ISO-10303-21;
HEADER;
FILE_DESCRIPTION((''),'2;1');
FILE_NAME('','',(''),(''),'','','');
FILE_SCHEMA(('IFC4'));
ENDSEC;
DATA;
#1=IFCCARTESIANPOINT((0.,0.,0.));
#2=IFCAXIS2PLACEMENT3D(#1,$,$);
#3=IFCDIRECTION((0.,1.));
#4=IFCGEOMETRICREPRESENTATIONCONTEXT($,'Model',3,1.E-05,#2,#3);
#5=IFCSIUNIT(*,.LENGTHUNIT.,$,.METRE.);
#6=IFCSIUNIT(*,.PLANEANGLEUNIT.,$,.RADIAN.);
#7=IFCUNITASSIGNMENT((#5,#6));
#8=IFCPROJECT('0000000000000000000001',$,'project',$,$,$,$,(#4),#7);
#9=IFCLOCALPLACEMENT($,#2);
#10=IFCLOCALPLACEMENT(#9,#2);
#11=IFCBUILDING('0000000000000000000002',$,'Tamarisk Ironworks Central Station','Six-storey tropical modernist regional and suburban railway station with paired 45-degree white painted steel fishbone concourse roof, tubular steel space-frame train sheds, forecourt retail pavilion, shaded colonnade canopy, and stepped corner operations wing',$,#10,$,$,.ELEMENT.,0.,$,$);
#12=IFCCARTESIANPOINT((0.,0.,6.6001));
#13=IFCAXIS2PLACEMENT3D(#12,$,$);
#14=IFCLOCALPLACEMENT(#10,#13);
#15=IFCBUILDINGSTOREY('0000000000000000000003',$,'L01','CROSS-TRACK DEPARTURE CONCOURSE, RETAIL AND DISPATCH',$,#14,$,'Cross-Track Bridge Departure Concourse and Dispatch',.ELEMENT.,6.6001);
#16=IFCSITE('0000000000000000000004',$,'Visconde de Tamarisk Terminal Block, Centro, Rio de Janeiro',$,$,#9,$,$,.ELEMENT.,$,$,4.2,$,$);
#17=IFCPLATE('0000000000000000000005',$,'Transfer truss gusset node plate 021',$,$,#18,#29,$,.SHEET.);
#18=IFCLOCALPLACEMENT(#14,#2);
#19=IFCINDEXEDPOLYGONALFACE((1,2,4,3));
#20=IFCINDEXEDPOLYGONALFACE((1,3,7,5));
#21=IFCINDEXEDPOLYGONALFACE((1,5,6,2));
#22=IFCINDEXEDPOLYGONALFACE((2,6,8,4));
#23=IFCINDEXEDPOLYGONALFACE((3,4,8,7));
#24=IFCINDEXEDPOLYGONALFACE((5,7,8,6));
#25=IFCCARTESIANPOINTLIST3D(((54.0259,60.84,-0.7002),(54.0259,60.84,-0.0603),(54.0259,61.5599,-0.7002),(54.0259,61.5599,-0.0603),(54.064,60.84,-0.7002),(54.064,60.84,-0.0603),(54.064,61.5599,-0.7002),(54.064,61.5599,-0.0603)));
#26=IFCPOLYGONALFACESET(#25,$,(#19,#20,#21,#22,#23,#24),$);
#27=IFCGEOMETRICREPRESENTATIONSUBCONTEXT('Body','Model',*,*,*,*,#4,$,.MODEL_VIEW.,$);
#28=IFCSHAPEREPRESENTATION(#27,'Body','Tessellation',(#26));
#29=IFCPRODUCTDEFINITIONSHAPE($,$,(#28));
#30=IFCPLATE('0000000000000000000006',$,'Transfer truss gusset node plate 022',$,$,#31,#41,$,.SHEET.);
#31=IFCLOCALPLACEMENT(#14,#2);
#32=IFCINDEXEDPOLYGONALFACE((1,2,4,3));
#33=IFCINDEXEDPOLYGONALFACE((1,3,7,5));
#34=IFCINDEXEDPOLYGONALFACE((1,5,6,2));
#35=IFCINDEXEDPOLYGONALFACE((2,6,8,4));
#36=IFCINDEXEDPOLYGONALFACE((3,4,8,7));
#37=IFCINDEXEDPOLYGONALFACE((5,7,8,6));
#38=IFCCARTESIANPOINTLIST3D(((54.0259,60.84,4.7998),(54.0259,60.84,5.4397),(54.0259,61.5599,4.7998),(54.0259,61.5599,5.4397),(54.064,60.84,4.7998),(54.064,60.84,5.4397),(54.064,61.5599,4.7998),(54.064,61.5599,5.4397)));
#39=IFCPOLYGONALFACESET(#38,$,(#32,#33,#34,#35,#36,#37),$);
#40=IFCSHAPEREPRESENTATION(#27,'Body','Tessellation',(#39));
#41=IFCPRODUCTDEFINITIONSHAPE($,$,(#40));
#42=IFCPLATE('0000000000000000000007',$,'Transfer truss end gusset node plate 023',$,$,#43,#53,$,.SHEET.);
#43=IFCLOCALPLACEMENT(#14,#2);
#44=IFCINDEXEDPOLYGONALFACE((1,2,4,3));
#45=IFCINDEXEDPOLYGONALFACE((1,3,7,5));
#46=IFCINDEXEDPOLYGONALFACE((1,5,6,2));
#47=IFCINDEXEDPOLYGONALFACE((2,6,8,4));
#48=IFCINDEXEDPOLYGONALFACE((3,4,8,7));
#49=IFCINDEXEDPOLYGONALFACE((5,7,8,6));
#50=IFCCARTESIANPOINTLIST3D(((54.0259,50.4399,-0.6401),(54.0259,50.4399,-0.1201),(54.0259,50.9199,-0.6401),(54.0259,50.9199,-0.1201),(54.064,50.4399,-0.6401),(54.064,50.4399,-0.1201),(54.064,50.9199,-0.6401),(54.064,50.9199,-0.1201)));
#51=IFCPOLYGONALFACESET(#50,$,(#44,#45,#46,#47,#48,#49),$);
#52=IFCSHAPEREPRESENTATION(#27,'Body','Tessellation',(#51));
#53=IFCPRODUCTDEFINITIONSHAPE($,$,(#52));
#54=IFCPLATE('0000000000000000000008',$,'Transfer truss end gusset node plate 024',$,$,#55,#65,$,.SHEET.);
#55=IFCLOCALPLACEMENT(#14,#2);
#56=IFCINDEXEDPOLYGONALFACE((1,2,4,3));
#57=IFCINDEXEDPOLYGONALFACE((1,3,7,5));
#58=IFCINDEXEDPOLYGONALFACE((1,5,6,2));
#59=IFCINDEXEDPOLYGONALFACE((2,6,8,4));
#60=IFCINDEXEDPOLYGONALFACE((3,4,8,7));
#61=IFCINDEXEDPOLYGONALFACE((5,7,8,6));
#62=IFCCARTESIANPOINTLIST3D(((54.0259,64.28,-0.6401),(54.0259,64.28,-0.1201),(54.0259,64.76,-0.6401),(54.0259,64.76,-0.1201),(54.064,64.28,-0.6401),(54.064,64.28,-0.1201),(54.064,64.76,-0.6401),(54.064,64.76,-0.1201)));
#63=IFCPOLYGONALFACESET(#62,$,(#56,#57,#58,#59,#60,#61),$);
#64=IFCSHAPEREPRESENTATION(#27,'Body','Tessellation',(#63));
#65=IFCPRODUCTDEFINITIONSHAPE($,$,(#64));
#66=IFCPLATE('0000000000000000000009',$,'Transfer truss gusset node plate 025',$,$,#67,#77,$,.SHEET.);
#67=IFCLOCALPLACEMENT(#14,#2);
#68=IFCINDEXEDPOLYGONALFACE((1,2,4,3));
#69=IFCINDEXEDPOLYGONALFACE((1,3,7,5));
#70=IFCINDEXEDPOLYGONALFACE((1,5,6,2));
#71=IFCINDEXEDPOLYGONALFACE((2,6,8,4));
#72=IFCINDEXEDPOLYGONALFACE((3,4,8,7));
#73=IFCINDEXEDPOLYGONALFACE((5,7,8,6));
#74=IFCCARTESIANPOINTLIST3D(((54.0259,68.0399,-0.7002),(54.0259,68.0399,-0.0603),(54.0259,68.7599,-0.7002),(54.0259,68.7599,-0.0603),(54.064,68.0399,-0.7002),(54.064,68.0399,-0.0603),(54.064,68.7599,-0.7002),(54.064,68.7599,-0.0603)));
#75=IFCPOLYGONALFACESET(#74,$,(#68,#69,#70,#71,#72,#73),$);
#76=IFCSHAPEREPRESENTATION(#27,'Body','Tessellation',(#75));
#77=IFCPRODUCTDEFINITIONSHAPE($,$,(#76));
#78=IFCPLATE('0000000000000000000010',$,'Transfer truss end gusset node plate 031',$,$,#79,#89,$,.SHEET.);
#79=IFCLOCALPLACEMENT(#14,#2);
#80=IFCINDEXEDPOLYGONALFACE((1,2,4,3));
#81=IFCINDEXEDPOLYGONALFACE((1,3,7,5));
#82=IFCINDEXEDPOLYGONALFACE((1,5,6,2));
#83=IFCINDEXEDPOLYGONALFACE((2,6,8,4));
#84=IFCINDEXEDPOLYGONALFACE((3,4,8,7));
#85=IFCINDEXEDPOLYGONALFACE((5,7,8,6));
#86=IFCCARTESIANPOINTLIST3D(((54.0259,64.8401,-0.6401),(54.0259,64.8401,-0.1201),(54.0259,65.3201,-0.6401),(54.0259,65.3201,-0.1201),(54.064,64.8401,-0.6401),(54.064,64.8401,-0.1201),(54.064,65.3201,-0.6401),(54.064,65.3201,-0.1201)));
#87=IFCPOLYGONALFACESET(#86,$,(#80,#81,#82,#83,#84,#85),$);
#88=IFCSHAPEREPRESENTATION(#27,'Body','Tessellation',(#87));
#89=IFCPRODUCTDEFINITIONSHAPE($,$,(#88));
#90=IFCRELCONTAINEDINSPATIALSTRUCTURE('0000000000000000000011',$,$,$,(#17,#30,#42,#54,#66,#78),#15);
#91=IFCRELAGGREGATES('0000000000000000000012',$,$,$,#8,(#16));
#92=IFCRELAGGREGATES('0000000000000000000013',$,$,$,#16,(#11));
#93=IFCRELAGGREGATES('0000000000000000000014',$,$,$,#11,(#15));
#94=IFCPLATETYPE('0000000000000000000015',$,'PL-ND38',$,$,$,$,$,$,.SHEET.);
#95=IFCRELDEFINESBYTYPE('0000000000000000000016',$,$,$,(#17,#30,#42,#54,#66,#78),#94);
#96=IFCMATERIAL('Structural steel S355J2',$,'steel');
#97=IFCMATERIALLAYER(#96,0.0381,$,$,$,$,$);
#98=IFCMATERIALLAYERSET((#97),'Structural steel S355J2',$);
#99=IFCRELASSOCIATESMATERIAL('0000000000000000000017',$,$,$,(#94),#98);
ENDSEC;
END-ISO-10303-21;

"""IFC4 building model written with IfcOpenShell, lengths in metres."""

from ifc_helpers import new_model, si_unit, direction, frame, origin, origin_2d, place, context, subcontext, project, spatial, rectangle, extrude, material, layer, layer_set, type_object, element, save


model = new_model("IFC4")

# Units and contexts
model_context = context("Model", 3, precision=1e-05, world=origin(), true_north=direction((0.0, 1.0)))
body_context = subcontext(model_context, "Body", "Model", "MODEL_VIEW")
ifc_project = project(units=[si_unit("LENGTHUNIT", "METRE"), si_unit("PLANEANGLEUNIT", "RADIAN")], contexts=[model_context])

# Site, building, storey
site_placement = place(None, origin())
site = spatial("IfcSite", under=ifc_project, at=site_placement, Name="Visconde de Tamarisk Terminal Block, Centro, Rio de Janeiro", CompositionType="ELEMENT", RefElevation=4.2)
building_placement = place(site_placement, origin())
building = spatial("IfcBuilding", under=site, at=building_placement, Name="Tamarisk Ironworks Central Station", Description="Six-storey tropical modernist regional and suburban railway station with paired 45-degree white painted steel fishbone concourse roof, tubular steel space-frame train sheds, forecourt retail pavilion, shaded colonnade canopy, and stepped corner operations wing", CompositionType="ELEMENT", ElevationOfRefHeight=0.0)
storey_placement = place(building_placement, frame((0.0, 0.0, 6.6001)))
storey = spatial("IfcBuildingStorey", under=building, at=storey_placement, Name="L01", Description="CROSS-TRACK DEPARTURE CONCOURSE, RETAIL AND DISPATCH", LongName="Cross-Track Bridge Departure Concourse and Dispatch", CompositionType="ELEMENT", Elevation=6.6001)

# Shared definitions
ifc_material_1 = material(Name="Structural steel S355J2", Category="steel")

# Plates
ifc_layer = layer(ifc_material_1, 0.0381)
ifc_layer_set = layer_set([ifc_layer], Name="Structural steel S355J2")
plate_type = type_object("IfcPlateType", Name="PL-ND38", PredefinedType="SHEET", material=ifc_layer_set)
for number, where, z_axis, x_axis, name in (
    (1, (54.0449, 61.2, -0.7002), (0.0, 0.0, 1.0), (1.0, 0.0, 0.0), "Transfer truss gusset node plate 021"),
    (2, (54.0449, 61.2, 4.7998), (0.0, 0.0, 1.0), (1.0, 0.0, 0.0), "Transfer truss gusset node plate 022"),
):
    element("IfcPlate", number, at=place(storey_placement, frame(where, z_axis=z_axis, x_axis=x_axis)), inside=storey, type_object=plate_type, Name=name, PredefinedType="SHEET", context=body_context, shape_type="SweptSolid", body=[
        extrude(rectangle(XDim=0.0381, YDim=0.72, at=origin_2d()), origin(), (0.0, 0.0, 1.0), 0.6399),
    ])
for number, where, z_axis, x_axis, name in (
    (3, (54.0449, 50.6799, -0.6401), (0.0, 0.0, 1.0), (1.0, 0.0, 0.0), "Transfer truss end gusset node plate 023"),
    (4, (54.0449, 64.52, -0.6401), (0.0, 0.0, 1.0), (1.0, 0.0, 0.0), "Transfer truss end gusset node plate 024"),
):
    element("IfcPlate", number, at=place(storey_placement, frame(where, z_axis=z_axis, x_axis=x_axis)), inside=storey, type_object=plate_type, Name=name, PredefinedType="SHEET", context=body_context, shape_type="SweptSolid", body=[
        extrude(rectangle(XDim=0.0381, YDim=0.48, at=origin_2d()), origin(), (0.0, 0.0, 1.0), 0.52),
    ])
plate_1_placement = place(storey_placement, frame((54.0449, 68.3999, -0.7002), z_axis=(0.0, 0.0, 1.0), x_axis=(1.0, 0.0, 0.0)))
element("IfcPlate", 5, at=plate_1_placement, inside=storey, type_object=plate_type, Name="Transfer truss gusset node plate 025", PredefinedType="SHEET", context=body_context, shape_type="SweptSolid", body=[
    extrude(rectangle(XDim=0.0381, YDim=0.72, at=origin_2d()), origin(), (0.0, 0.0, 1.0), 0.6399),
])
plate_2_placement = place(storey_placement, frame((54.0449, 65.0801, -0.6401), z_axis=(0.0, 0.0, 1.0), x_axis=(1.0, 0.0, 0.0)))
element("IfcPlate", 6, at=plate_2_placement, inside=storey, type_object=plate_type, Name="Transfer truss end gusset node plate 031", PredefinedType="SHEET", context=body_context, shape_type="SweptSolid", body=[
    extrude(rectangle(XDim=0.0381, YDim=0.48, at=origin_2d()), origin(), (0.0, 0.0, 1.0), 0.52),
])

save(model, "model.ifc")
